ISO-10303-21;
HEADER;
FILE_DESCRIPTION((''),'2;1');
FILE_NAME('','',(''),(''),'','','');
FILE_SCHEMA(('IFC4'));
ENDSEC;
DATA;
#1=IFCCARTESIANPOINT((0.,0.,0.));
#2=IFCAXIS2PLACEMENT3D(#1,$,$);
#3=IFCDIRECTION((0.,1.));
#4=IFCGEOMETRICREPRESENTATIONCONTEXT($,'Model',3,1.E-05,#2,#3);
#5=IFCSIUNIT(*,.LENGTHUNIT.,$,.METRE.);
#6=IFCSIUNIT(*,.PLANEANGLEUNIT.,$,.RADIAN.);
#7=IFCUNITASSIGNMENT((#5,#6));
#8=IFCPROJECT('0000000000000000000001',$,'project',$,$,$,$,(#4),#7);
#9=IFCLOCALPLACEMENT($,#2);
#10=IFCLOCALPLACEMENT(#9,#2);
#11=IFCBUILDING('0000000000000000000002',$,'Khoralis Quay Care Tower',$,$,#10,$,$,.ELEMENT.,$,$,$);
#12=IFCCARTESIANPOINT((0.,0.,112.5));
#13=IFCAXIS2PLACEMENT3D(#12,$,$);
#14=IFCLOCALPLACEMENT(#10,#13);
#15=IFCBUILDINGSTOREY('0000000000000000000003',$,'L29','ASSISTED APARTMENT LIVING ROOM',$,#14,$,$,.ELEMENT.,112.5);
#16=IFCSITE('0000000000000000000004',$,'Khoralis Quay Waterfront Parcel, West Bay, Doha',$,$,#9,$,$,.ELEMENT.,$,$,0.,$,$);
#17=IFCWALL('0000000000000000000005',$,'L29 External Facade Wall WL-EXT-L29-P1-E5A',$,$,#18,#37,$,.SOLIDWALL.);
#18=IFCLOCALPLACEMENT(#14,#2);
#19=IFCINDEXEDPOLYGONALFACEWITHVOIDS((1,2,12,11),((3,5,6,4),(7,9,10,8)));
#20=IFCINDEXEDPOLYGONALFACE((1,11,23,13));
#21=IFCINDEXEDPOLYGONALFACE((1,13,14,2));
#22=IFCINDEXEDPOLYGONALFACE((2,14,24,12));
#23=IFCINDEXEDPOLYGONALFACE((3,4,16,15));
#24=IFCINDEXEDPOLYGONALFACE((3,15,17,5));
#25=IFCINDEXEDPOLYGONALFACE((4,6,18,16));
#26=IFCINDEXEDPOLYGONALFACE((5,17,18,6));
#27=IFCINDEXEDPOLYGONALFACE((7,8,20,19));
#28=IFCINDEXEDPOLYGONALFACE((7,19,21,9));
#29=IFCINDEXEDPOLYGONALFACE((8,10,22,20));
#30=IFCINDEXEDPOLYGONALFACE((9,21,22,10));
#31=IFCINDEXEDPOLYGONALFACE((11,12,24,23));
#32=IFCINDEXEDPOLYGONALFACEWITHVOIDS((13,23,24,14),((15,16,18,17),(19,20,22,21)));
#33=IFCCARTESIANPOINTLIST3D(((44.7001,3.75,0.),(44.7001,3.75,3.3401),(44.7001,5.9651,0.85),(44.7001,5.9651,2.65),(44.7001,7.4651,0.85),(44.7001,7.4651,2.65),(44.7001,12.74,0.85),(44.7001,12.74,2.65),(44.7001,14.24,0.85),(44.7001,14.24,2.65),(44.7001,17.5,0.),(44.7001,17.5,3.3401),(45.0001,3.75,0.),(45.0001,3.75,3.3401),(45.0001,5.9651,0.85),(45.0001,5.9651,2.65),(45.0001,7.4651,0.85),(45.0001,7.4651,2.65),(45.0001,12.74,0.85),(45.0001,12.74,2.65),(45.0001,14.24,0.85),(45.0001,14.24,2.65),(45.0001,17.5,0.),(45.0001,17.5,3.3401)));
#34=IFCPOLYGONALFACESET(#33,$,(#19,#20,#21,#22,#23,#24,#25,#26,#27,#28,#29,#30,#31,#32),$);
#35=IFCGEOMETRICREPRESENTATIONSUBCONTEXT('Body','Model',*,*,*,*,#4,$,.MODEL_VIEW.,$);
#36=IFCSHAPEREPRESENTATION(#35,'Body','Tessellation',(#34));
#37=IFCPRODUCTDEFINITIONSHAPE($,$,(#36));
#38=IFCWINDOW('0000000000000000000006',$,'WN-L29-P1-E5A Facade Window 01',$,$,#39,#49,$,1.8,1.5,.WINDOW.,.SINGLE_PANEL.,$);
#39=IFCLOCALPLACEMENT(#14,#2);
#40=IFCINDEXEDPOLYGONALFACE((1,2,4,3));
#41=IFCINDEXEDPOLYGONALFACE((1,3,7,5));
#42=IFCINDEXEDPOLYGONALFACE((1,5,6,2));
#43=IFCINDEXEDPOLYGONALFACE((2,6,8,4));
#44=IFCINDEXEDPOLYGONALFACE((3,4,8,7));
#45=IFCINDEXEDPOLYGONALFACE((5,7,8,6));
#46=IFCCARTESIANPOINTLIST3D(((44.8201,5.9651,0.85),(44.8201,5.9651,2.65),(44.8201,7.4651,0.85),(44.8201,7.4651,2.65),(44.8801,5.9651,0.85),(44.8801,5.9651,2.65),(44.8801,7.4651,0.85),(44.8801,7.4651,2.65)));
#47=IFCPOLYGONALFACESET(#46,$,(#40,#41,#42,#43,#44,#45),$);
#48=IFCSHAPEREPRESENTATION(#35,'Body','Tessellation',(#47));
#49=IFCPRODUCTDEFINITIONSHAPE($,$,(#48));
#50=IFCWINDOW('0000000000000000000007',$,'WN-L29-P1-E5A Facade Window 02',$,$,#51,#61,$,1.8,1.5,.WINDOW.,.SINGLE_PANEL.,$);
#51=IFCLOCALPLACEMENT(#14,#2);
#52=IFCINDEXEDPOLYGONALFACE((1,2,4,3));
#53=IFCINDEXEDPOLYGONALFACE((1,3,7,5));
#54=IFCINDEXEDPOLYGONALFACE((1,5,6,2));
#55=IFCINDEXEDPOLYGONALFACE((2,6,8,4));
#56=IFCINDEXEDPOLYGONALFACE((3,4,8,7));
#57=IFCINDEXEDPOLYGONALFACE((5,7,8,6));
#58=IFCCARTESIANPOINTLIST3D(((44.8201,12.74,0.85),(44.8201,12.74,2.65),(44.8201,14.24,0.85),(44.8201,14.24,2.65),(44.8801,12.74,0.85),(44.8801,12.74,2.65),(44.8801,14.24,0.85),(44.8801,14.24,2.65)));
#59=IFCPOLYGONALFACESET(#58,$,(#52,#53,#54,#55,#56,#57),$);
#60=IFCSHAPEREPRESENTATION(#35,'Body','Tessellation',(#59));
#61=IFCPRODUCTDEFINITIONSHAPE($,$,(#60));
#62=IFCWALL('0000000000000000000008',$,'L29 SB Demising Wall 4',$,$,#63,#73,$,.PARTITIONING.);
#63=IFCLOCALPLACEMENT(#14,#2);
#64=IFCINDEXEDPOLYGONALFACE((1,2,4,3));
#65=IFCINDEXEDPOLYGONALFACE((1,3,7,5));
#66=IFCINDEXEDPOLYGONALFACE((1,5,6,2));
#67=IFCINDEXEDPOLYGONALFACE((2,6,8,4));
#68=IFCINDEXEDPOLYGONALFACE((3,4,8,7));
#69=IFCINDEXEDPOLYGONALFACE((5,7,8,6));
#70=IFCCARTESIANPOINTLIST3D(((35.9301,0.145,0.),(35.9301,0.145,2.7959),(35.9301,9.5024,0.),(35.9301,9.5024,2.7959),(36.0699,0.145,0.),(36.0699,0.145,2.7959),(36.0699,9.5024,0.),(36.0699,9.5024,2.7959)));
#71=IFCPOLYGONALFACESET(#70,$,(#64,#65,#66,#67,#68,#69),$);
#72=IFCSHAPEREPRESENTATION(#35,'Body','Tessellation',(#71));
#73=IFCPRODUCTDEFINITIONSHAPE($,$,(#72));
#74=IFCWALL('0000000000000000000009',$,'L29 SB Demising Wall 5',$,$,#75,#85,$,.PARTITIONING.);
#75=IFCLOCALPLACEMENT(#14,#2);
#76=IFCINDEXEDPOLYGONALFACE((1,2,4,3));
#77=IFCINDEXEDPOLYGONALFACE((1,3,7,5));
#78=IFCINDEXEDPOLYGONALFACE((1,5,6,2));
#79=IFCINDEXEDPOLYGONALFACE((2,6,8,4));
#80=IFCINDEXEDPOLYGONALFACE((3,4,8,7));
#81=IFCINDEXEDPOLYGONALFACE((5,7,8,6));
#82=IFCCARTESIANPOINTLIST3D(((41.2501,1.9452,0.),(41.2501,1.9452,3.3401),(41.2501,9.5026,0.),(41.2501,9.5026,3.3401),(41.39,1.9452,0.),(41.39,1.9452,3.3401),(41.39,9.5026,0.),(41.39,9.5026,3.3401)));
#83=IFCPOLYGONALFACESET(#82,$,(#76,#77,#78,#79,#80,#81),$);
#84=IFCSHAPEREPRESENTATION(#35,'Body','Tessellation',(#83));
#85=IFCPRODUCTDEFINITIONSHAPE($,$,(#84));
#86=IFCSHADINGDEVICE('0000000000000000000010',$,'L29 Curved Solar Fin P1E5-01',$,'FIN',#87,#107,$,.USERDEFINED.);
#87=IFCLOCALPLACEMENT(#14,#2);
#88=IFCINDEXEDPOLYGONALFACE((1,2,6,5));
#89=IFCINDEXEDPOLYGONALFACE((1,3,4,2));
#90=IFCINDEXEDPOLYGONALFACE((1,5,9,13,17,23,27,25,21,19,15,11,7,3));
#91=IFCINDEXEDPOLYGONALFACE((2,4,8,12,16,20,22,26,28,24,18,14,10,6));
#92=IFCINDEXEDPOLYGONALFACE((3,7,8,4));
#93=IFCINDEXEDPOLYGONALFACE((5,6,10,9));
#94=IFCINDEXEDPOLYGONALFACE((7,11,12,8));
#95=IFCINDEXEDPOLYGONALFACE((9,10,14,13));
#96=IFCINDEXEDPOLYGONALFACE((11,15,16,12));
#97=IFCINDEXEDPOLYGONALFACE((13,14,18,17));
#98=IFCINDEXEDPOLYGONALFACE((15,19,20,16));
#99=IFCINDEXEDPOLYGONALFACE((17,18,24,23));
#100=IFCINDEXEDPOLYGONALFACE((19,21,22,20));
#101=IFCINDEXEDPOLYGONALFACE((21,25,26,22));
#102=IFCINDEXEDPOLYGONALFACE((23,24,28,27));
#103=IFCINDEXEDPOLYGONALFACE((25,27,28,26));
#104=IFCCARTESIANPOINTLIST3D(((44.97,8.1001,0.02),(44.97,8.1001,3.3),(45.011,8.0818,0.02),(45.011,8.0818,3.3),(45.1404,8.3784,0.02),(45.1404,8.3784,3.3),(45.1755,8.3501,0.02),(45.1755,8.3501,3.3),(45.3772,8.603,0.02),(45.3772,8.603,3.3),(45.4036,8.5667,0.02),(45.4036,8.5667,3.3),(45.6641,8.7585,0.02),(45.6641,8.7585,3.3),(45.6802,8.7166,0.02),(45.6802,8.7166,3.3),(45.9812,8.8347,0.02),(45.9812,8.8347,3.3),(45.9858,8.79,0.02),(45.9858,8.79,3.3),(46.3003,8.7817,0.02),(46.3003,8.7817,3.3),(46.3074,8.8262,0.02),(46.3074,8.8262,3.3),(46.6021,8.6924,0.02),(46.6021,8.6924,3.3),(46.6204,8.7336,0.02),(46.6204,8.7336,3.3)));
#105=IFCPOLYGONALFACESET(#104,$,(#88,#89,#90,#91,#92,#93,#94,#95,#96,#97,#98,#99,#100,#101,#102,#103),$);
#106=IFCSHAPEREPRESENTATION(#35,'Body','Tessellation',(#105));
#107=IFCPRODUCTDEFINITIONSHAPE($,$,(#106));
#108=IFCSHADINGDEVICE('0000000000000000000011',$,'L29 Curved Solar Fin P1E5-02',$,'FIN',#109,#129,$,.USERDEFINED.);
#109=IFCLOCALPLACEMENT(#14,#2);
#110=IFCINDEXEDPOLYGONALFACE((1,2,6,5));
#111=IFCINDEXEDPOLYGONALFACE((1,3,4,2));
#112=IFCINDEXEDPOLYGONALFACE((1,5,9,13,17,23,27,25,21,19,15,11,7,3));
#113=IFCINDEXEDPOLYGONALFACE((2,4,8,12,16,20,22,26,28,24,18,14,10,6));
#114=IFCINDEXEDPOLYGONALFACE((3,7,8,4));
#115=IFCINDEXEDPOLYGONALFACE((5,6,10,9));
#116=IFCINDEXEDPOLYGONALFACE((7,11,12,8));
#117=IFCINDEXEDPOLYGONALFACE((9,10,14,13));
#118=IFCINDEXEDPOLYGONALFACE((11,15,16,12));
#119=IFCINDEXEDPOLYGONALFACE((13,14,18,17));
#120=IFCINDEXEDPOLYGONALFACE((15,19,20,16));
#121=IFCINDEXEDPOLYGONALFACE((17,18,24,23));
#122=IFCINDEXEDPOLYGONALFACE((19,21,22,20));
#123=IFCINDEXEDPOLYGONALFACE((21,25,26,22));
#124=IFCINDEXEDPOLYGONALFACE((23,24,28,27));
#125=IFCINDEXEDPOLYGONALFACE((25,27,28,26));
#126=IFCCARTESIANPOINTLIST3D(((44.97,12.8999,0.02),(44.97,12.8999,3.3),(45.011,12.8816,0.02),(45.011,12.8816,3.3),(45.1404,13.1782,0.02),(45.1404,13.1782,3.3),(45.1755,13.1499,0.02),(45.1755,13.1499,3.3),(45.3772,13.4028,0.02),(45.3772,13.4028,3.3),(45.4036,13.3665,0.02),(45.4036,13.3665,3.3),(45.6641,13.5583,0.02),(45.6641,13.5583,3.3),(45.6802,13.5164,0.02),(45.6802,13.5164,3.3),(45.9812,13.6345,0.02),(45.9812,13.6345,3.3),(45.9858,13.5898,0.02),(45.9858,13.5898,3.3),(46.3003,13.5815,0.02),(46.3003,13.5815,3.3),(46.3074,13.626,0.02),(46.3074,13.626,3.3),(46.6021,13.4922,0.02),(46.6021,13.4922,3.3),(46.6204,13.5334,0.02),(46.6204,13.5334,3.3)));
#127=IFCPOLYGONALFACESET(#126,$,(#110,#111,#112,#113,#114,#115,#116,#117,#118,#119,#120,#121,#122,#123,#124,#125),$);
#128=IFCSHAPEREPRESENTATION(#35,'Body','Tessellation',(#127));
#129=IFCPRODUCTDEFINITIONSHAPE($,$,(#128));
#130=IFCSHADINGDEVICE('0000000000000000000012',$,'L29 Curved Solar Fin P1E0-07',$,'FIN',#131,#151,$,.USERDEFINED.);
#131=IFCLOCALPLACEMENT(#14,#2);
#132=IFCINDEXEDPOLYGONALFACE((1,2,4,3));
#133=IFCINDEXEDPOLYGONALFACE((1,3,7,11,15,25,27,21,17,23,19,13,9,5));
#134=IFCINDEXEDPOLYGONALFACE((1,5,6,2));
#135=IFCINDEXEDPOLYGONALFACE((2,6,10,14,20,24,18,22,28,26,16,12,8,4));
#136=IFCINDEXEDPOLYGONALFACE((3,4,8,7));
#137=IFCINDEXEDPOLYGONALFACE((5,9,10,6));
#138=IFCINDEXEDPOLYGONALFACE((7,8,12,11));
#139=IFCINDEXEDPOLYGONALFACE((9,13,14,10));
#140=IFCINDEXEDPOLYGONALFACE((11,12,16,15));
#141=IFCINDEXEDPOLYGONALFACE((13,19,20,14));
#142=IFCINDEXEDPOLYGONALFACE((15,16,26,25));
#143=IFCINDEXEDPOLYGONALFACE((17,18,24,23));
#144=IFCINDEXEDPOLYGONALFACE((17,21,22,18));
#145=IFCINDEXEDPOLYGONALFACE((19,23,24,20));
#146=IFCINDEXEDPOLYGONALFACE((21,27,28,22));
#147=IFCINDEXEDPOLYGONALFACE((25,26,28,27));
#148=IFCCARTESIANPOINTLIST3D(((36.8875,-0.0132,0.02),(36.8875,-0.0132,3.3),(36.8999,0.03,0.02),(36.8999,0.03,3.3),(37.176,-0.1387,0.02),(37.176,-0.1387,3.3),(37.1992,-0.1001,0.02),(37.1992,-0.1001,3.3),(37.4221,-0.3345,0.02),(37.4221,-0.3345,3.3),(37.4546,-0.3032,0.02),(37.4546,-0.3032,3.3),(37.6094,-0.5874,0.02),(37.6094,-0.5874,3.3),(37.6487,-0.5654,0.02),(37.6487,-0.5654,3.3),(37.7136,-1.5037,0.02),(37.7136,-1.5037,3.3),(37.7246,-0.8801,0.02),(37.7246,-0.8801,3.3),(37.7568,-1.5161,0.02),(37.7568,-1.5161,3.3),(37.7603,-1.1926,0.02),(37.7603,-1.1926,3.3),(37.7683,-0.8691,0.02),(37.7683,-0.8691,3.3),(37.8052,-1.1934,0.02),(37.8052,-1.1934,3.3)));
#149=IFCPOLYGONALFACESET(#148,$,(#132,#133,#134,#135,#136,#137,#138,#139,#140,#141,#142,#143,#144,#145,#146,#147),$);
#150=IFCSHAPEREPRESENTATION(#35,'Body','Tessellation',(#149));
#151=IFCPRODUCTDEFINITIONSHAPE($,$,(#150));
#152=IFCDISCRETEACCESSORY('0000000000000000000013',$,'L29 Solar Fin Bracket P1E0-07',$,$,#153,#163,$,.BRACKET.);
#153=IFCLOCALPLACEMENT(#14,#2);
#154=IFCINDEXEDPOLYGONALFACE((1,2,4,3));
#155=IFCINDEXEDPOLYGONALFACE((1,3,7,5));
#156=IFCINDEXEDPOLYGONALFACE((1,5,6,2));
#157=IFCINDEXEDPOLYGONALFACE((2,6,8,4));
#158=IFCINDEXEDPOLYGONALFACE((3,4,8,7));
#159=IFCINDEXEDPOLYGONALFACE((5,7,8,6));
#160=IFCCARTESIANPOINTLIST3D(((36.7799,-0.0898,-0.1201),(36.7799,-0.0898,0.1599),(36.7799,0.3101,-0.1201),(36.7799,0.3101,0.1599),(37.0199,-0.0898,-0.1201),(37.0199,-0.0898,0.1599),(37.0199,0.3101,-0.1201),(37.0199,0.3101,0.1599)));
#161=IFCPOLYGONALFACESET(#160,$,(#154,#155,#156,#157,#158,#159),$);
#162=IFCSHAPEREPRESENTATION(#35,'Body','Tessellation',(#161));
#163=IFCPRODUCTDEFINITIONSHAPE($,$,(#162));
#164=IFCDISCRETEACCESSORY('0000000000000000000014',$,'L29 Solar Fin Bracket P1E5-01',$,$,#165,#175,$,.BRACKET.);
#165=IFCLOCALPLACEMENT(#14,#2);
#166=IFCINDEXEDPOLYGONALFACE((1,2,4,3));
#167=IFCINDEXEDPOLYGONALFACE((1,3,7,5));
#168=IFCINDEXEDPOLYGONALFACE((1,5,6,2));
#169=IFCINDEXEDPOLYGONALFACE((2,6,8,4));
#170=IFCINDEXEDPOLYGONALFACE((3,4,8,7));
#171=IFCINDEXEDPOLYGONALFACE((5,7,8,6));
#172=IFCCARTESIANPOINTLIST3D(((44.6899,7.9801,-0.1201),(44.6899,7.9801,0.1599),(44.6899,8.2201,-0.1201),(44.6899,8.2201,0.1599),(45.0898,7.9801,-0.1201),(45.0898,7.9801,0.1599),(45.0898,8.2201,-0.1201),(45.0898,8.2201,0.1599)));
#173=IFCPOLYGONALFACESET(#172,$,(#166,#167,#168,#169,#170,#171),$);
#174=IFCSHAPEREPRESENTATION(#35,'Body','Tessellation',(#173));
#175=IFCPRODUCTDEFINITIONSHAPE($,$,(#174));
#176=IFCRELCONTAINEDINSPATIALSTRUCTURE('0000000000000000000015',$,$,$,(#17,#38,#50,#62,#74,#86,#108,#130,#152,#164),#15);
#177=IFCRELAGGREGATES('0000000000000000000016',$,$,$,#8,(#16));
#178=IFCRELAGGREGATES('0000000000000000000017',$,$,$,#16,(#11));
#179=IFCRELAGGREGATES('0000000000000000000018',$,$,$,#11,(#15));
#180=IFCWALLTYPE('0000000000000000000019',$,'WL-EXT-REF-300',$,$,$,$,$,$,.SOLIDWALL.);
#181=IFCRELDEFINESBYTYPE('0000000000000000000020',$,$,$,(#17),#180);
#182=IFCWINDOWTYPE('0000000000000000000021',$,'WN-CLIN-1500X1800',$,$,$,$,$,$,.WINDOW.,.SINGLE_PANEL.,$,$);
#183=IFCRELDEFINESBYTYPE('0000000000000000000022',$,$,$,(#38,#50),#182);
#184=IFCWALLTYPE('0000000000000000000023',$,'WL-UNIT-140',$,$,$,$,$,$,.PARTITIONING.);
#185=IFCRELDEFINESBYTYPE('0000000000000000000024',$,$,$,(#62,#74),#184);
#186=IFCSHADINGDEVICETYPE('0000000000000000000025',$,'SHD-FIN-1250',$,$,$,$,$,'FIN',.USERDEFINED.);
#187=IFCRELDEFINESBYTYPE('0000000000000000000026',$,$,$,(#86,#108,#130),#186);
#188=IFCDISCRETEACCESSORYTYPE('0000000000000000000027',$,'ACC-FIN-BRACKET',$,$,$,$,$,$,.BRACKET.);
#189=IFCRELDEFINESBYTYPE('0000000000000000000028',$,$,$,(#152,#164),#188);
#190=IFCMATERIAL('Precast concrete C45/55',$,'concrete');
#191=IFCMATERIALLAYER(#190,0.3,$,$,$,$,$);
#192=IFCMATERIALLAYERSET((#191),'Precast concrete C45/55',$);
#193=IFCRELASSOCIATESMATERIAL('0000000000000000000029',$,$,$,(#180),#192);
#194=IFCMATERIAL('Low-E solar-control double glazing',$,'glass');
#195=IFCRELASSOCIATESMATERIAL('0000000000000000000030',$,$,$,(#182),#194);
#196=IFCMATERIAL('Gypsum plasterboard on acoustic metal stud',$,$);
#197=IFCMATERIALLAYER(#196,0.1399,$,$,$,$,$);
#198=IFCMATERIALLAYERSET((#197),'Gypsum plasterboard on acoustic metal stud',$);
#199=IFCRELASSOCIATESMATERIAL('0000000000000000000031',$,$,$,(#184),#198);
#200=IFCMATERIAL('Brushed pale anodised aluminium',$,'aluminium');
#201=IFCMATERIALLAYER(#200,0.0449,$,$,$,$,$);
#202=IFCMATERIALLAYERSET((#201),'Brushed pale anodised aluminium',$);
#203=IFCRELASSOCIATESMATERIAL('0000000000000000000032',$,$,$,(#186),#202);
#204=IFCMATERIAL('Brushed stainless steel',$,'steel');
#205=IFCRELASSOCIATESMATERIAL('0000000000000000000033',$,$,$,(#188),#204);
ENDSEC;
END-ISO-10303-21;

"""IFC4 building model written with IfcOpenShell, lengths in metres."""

from ifc_helpers import new_model, si_unit, direction, frame, frame_2d, origin, origin_2d, place, context, subcontext, project, spatial, polyline, rectangle, outline, extrude, source, transform, mapped, material, layer, layer_set, type_object, element, fill, save


model = new_model("IFC4")

# Units and contexts
model_context = context("Model", 3, precision=1e-05, world=origin(), true_north=direction((0.0, 1.0)))
body_context = subcontext(model_context, "Body", "Model", "MODEL_VIEW")
ifc_project = project(units=[si_unit("LENGTHUNIT", "METRE"), si_unit("PLANEANGLEUNIT", "RADIAN")], contexts=[model_context])

# Site, building, storey
site_placement = place(None, origin())
site = spatial("IfcSite", under=ifc_project, at=site_placement, Name="Khoralis Quay Waterfront Parcel, West Bay, Doha", CompositionType="ELEMENT", RefElevation=0.0)
building_placement = place(site_placement, origin())
building = spatial("IfcBuilding", under=site, at=building_placement, Name="Khoralis Quay Care Tower", CompositionType="ELEMENT")
storey_placement = place(building_placement, frame((0.0, 0.0, 112.5)))
storey = spatial("IfcBuildingStorey", under=building, at=storey_placement, Name="L29", Description="ASSISTED APARTMENT LIVING ROOM", CompositionType="ELEMENT", Elevation=112.5)

# Shared definitions
ifc_material_1 = material(Name="Gypsum plasterboard on acoustic metal stud")

# Shared definitions
ifc_material_2 = material(Name="Precast concrete C45/55", Category="concrete")
ifc_layer_1 = layer(ifc_material_2, 0.3)
ifc_layer_set_1 = layer_set([ifc_layer_1], Name="Precast concrete C45/55")
wall_type_1 = type_object("IfcWallType", Name="WL-EXT-REF-300", PredefinedType="SOLIDWALL", material=ifc_layer_set_1)

# Wall, openings, windows
wall_1_placement = place(storey_placement, frame((44.8501, 3.75, 0.0), z_axis=(0.0, 0.0, 1.0), x_axis=(0.0, 1.0, 0.0)))
wall_1 = element("IfcWall", 1, at=wall_1_placement, inside=storey, type_object=wall_type_1, Name="L29 External Facade Wall WL-EXT-L29-P1-E5A", PredefinedType="SOLIDWALL", context=body_context, shape_type="SweptSolid", body=[
    extrude(rectangle(XDim=13.75, YDim=0.3, at=frame_2d((6.875, 0.0))), origin(), (0.0, 0.0, 1.0), 3.3401),
])
opening_1_placement = place(wall_1_placement, frame((2.2151, 0.0, 0.8501)))
opening_1 = element("IfcOpeningElement", 2, at=opening_1_placement, cuts=wall_1, PredefinedType="OPENING", context=body_context, shape_type="SweptSolid", body=[
    extrude(rectangle(XDim=1.5, YDim=1.8, at=frame_2d((0.75, 0.8999))), frame((0.0, 0.1602, 0.0), z_axis=(0.0, -1.0, 0.0), x_axis=(1.0, 0.0, 0.0)), (0.0, 0.0, 1.0), 0.3201),
])
opening_2_placement = place(wall_1_placement, frame((8.99, 0.0, 0.8501)))
opening_2 = element("IfcOpeningElement", 3, at=opening_2_placement, cuts=wall_1, PredefinedType="OPENING", context=body_context, shape_type="SweptSolid", body=[
    extrude(rectangle(XDim=1.5, YDim=1.8, at=frame_2d((0.75, 0.8999))), frame((0.0, 0.1602, 0.0), z_axis=(0.0, -1.0, 0.0), x_axis=(1.0, 0.0, 0.0)), (0.0, 0.0, 1.0), 0.3201),
])
ifc_material_3 = material(Name="Low-E solar-control double glazing", Category="glass")
window_type = type_object("IfcWindowType", Name="WN-CLIN-1500X1800", PartitioningType="SINGLE_PANEL", PredefinedType="WINDOW", material=ifc_material_3)
shared_shape_1 = source(origin(), body_context, "Body", "SweptSolid", [
    extrude(rectangle(XDim=1.5, YDim=1.8, at=frame_2d((0.75, 0.8999))), frame((0.0, 0.03, 0.0), z_axis=(0.0, -1.0, 0.0), x_axis=(1.0, 0.0, 0.0)), (0.0, 0.0, 1.0), 0.0601),
])
window_1_placement = place(opening_1_placement, origin())
window_1 = element("IfcWindow", 4, at=window_1_placement, inside=storey, type_object=window_type, Name="WN-L29-P1-E5A Facade Window 01", OverallHeight=1.8, OverallWidth=1.5, PartitioningType="SINGLE_PANEL", PredefinedType="WINDOW", context=body_context, shape_type="MappedRepresentation", body=[
    mapped(shared_shape_1, transform((0.0, 0.0, 0.0), scale=1.0)),
])
fill(opening_1, window_1)
window_2_placement = place(opening_2_placement, origin())
window_2 = element("IfcWindow", 5, at=window_2_placement, inside=storey, type_object=window_type, Name="WN-L29-P1-E5A Facade Window 02", OverallHeight=1.8, OverallWidth=1.5, PartitioningType="SINGLE_PANEL", PredefinedType="WINDOW", context=body_context, shape_type="MappedRepresentation", body=[
    mapped(shared_shape_1, transform((0.0, 0.0, 0.0), scale=1.0)),
])
fill(opening_2, window_2)

# Walls
ifc_layer_2 = layer(ifc_material_1, 0.1399)
ifc_layer_set_2 = layer_set([ifc_layer_2], Name="Gypsum plasterboard on acoustic metal stud")
wall_type_2 = type_object("IfcWallType", Name="WL-UNIT-140", PredefinedType="PARTITIONING", material=ifc_layer_set_2)
wall_2_placement = place(storey_placement, frame((36.0, 0.145, 0.0), z_axis=(0.0, 0.0, 1.0), x_axis=(0.0, 1.0, 0.0)))
element("IfcWall", 6, at=wall_2_placement, inside=storey, type_object=wall_type_2, Name="L29 SB Demising Wall 4", PredefinedType="PARTITIONING", context=body_context, shape_type="SweptSolid", body=[
    extrude(rectangle(XDim=9.3574, YDim=0.1399, at=frame_2d((4.6787, 0.0))), origin(), (0.0, 0.0, 1.0), 2.7959),
])
wall_3_placement = place(storey_placement, frame((41.3201, 1.9451, 0.0), z_axis=(0.0, 0.0, 1.0), x_axis=(0.0, 1.0, 0.0)))
element("IfcWall", 7, at=wall_3_placement, inside=storey, type_object=wall_type_2, Name="L29 SB Demising Wall 5", PredefinedType="PARTITIONING", context=body_context, shape_type="SweptSolid", body=[
    extrude(rectangle(XDim=7.5574, YDim=0.1399, at=frame_2d((3.7788, 0.0))), origin(), (0.0, 0.0, 1.0), 3.3401),
])

# Shading devices
ifc_material_4 = material(Name="Brushed pale anodised aluminium", Category="aluminium")
ifc_layer_3 = layer(ifc_material_4, 0.0449)
ifc_layer_set_3 = layer_set([ifc_layer_3], Name="Brushed pale anodised aluminium")
shading_device_type = type_object("IfcShadingDeviceType", Name="SHD-FIN-1250", ElementType="FIN", PredefinedType="USERDEFINED", material=ifc_layer_set_3)
shared_shape_2 = source(origin(), body_context, "Body", "SweptSolid", [
    extrude(outline(polyline([(0.0, 0.0), (0.1704, 0.2783), (0.4072, 0.5029), (0.6941, 0.6584), (1.0112, 0.7346), (1.3374, 0.7261), (1.6504, 0.6335), (1.6321, 0.5923), (1.3303, 0.6816), (1.0159, 0.6899), (0.7102, 0.6165), (0.4336, 0.4666), (0.2056, 0.25), (0.041, -0.0183), (0.0, 0.0)])), origin(), (0.0, 0.0, 1.0), 3.28),
])
for number, where, z_axis, x_axis, name in (
    (8, (44.97, 8.1001, 0.02), (0.0, 0.0, 1.0), (1.0, 0.0, 0.0), "L29 Curved Solar Fin P1E5-01"),
    (9, (44.97, 12.8999, 0.02), (0.0, 0.0, 1.0), (1.0, 0.0, 0.0), "L29 Curved Solar Fin P1E5-02"),
):
    element("IfcShadingDevice", number, at=place(storey_placement, frame(where, z_axis=z_axis, x_axis=x_axis)), inside=storey, type_object=shading_device_type, Name=name, ObjectType="FIN", PredefinedType="USERDEFINED", context=body_context, shape_type="MappedRepresentation", body=[
        mapped(shared_shape_2, transform((0.0, 0.0, 0.0), scale=1.0)),
    ])
shared_shape_3 = source(origin(), body_context, "Body", "SweptSolid", [
    extrude(outline(polyline([(0.0, 0.0), (0.1301, 0.2993), (0.3333, 0.5547), (0.5955, 0.7488), (0.8992, 0.8684), (1.2234, 0.9053), (1.5461, 0.8569), (1.5337, 0.8137), (1.2227, 0.8604), (0.9102, 0.8247), (0.6174, 0.7095), (0.3645, 0.5222), (0.1687, 0.2761), (0.0432, -0.0125), (0.0, 0.0)])), origin(), (0.0, 0.0, 1.0), 3.28),
])
shading_device_placement = place(storey_placement, frame((36.8999, 0.03, 0.02), z_axis=(0.0, 0.0, 1.0), x_axis=(0.0, -1.0, 0.0)))
element("IfcShadingDevice", 10, at=shading_device_placement, inside=storey, type_object=shading_device_type, Name="L29 Curved Solar Fin P1E0-07", ObjectType="FIN", PredefinedType="USERDEFINED", context=body_context, shape_type="MappedRepresentation", body=[
    mapped(shared_shape_3, transform((0.0, 0.0, 0.0), scale=1.0)),
])

# Discrete accessories
ifc_material_5 = material(Name="Brushed stainless steel", Category="steel")
discrete_accessory_type = type_object("IfcDiscreteAccessoryType", Name="ACC-FIN-BRACKET", PredefinedType="BRACKET", material=ifc_material_5)
shared_shape_4 = source(origin(), body_context, "Body", "SweptSolid", [
    extrude(rectangle(XDim=0.3999, YDim=0.24, at=origin_2d()), origin(), (0.0, 0.0, 1.0), 0.28),
])
for number, where, z_axis, x_axis, name in (
    (11, (36.8999, 0.1101, -0.1201), (0.0, 0.0, 1.0), (0.0, -1.0, 0.0), "L29 Solar Fin Bracket P1E0-07"),
    (12, (44.8899, 8.1001, -0.1201), (0.0, 0.0, 1.0), (1.0, 0.0, 0.0), "L29 Solar Fin Bracket P1E5-01"),
):
    element("IfcDiscreteAccessory", number, at=place(storey_placement, frame(where, z_axis=z_axis, x_axis=x_axis)), inside=storey, type_object=discrete_accessory_type, Name=name, PredefinedType="BRACKET", context=body_context, shape_type="MappedRepresentation", body=[
        mapped(shared_shape_4, transform((0.0, 0.0, 0.0), scale=1.0)),
    ])

save(model, "model.ifc")
